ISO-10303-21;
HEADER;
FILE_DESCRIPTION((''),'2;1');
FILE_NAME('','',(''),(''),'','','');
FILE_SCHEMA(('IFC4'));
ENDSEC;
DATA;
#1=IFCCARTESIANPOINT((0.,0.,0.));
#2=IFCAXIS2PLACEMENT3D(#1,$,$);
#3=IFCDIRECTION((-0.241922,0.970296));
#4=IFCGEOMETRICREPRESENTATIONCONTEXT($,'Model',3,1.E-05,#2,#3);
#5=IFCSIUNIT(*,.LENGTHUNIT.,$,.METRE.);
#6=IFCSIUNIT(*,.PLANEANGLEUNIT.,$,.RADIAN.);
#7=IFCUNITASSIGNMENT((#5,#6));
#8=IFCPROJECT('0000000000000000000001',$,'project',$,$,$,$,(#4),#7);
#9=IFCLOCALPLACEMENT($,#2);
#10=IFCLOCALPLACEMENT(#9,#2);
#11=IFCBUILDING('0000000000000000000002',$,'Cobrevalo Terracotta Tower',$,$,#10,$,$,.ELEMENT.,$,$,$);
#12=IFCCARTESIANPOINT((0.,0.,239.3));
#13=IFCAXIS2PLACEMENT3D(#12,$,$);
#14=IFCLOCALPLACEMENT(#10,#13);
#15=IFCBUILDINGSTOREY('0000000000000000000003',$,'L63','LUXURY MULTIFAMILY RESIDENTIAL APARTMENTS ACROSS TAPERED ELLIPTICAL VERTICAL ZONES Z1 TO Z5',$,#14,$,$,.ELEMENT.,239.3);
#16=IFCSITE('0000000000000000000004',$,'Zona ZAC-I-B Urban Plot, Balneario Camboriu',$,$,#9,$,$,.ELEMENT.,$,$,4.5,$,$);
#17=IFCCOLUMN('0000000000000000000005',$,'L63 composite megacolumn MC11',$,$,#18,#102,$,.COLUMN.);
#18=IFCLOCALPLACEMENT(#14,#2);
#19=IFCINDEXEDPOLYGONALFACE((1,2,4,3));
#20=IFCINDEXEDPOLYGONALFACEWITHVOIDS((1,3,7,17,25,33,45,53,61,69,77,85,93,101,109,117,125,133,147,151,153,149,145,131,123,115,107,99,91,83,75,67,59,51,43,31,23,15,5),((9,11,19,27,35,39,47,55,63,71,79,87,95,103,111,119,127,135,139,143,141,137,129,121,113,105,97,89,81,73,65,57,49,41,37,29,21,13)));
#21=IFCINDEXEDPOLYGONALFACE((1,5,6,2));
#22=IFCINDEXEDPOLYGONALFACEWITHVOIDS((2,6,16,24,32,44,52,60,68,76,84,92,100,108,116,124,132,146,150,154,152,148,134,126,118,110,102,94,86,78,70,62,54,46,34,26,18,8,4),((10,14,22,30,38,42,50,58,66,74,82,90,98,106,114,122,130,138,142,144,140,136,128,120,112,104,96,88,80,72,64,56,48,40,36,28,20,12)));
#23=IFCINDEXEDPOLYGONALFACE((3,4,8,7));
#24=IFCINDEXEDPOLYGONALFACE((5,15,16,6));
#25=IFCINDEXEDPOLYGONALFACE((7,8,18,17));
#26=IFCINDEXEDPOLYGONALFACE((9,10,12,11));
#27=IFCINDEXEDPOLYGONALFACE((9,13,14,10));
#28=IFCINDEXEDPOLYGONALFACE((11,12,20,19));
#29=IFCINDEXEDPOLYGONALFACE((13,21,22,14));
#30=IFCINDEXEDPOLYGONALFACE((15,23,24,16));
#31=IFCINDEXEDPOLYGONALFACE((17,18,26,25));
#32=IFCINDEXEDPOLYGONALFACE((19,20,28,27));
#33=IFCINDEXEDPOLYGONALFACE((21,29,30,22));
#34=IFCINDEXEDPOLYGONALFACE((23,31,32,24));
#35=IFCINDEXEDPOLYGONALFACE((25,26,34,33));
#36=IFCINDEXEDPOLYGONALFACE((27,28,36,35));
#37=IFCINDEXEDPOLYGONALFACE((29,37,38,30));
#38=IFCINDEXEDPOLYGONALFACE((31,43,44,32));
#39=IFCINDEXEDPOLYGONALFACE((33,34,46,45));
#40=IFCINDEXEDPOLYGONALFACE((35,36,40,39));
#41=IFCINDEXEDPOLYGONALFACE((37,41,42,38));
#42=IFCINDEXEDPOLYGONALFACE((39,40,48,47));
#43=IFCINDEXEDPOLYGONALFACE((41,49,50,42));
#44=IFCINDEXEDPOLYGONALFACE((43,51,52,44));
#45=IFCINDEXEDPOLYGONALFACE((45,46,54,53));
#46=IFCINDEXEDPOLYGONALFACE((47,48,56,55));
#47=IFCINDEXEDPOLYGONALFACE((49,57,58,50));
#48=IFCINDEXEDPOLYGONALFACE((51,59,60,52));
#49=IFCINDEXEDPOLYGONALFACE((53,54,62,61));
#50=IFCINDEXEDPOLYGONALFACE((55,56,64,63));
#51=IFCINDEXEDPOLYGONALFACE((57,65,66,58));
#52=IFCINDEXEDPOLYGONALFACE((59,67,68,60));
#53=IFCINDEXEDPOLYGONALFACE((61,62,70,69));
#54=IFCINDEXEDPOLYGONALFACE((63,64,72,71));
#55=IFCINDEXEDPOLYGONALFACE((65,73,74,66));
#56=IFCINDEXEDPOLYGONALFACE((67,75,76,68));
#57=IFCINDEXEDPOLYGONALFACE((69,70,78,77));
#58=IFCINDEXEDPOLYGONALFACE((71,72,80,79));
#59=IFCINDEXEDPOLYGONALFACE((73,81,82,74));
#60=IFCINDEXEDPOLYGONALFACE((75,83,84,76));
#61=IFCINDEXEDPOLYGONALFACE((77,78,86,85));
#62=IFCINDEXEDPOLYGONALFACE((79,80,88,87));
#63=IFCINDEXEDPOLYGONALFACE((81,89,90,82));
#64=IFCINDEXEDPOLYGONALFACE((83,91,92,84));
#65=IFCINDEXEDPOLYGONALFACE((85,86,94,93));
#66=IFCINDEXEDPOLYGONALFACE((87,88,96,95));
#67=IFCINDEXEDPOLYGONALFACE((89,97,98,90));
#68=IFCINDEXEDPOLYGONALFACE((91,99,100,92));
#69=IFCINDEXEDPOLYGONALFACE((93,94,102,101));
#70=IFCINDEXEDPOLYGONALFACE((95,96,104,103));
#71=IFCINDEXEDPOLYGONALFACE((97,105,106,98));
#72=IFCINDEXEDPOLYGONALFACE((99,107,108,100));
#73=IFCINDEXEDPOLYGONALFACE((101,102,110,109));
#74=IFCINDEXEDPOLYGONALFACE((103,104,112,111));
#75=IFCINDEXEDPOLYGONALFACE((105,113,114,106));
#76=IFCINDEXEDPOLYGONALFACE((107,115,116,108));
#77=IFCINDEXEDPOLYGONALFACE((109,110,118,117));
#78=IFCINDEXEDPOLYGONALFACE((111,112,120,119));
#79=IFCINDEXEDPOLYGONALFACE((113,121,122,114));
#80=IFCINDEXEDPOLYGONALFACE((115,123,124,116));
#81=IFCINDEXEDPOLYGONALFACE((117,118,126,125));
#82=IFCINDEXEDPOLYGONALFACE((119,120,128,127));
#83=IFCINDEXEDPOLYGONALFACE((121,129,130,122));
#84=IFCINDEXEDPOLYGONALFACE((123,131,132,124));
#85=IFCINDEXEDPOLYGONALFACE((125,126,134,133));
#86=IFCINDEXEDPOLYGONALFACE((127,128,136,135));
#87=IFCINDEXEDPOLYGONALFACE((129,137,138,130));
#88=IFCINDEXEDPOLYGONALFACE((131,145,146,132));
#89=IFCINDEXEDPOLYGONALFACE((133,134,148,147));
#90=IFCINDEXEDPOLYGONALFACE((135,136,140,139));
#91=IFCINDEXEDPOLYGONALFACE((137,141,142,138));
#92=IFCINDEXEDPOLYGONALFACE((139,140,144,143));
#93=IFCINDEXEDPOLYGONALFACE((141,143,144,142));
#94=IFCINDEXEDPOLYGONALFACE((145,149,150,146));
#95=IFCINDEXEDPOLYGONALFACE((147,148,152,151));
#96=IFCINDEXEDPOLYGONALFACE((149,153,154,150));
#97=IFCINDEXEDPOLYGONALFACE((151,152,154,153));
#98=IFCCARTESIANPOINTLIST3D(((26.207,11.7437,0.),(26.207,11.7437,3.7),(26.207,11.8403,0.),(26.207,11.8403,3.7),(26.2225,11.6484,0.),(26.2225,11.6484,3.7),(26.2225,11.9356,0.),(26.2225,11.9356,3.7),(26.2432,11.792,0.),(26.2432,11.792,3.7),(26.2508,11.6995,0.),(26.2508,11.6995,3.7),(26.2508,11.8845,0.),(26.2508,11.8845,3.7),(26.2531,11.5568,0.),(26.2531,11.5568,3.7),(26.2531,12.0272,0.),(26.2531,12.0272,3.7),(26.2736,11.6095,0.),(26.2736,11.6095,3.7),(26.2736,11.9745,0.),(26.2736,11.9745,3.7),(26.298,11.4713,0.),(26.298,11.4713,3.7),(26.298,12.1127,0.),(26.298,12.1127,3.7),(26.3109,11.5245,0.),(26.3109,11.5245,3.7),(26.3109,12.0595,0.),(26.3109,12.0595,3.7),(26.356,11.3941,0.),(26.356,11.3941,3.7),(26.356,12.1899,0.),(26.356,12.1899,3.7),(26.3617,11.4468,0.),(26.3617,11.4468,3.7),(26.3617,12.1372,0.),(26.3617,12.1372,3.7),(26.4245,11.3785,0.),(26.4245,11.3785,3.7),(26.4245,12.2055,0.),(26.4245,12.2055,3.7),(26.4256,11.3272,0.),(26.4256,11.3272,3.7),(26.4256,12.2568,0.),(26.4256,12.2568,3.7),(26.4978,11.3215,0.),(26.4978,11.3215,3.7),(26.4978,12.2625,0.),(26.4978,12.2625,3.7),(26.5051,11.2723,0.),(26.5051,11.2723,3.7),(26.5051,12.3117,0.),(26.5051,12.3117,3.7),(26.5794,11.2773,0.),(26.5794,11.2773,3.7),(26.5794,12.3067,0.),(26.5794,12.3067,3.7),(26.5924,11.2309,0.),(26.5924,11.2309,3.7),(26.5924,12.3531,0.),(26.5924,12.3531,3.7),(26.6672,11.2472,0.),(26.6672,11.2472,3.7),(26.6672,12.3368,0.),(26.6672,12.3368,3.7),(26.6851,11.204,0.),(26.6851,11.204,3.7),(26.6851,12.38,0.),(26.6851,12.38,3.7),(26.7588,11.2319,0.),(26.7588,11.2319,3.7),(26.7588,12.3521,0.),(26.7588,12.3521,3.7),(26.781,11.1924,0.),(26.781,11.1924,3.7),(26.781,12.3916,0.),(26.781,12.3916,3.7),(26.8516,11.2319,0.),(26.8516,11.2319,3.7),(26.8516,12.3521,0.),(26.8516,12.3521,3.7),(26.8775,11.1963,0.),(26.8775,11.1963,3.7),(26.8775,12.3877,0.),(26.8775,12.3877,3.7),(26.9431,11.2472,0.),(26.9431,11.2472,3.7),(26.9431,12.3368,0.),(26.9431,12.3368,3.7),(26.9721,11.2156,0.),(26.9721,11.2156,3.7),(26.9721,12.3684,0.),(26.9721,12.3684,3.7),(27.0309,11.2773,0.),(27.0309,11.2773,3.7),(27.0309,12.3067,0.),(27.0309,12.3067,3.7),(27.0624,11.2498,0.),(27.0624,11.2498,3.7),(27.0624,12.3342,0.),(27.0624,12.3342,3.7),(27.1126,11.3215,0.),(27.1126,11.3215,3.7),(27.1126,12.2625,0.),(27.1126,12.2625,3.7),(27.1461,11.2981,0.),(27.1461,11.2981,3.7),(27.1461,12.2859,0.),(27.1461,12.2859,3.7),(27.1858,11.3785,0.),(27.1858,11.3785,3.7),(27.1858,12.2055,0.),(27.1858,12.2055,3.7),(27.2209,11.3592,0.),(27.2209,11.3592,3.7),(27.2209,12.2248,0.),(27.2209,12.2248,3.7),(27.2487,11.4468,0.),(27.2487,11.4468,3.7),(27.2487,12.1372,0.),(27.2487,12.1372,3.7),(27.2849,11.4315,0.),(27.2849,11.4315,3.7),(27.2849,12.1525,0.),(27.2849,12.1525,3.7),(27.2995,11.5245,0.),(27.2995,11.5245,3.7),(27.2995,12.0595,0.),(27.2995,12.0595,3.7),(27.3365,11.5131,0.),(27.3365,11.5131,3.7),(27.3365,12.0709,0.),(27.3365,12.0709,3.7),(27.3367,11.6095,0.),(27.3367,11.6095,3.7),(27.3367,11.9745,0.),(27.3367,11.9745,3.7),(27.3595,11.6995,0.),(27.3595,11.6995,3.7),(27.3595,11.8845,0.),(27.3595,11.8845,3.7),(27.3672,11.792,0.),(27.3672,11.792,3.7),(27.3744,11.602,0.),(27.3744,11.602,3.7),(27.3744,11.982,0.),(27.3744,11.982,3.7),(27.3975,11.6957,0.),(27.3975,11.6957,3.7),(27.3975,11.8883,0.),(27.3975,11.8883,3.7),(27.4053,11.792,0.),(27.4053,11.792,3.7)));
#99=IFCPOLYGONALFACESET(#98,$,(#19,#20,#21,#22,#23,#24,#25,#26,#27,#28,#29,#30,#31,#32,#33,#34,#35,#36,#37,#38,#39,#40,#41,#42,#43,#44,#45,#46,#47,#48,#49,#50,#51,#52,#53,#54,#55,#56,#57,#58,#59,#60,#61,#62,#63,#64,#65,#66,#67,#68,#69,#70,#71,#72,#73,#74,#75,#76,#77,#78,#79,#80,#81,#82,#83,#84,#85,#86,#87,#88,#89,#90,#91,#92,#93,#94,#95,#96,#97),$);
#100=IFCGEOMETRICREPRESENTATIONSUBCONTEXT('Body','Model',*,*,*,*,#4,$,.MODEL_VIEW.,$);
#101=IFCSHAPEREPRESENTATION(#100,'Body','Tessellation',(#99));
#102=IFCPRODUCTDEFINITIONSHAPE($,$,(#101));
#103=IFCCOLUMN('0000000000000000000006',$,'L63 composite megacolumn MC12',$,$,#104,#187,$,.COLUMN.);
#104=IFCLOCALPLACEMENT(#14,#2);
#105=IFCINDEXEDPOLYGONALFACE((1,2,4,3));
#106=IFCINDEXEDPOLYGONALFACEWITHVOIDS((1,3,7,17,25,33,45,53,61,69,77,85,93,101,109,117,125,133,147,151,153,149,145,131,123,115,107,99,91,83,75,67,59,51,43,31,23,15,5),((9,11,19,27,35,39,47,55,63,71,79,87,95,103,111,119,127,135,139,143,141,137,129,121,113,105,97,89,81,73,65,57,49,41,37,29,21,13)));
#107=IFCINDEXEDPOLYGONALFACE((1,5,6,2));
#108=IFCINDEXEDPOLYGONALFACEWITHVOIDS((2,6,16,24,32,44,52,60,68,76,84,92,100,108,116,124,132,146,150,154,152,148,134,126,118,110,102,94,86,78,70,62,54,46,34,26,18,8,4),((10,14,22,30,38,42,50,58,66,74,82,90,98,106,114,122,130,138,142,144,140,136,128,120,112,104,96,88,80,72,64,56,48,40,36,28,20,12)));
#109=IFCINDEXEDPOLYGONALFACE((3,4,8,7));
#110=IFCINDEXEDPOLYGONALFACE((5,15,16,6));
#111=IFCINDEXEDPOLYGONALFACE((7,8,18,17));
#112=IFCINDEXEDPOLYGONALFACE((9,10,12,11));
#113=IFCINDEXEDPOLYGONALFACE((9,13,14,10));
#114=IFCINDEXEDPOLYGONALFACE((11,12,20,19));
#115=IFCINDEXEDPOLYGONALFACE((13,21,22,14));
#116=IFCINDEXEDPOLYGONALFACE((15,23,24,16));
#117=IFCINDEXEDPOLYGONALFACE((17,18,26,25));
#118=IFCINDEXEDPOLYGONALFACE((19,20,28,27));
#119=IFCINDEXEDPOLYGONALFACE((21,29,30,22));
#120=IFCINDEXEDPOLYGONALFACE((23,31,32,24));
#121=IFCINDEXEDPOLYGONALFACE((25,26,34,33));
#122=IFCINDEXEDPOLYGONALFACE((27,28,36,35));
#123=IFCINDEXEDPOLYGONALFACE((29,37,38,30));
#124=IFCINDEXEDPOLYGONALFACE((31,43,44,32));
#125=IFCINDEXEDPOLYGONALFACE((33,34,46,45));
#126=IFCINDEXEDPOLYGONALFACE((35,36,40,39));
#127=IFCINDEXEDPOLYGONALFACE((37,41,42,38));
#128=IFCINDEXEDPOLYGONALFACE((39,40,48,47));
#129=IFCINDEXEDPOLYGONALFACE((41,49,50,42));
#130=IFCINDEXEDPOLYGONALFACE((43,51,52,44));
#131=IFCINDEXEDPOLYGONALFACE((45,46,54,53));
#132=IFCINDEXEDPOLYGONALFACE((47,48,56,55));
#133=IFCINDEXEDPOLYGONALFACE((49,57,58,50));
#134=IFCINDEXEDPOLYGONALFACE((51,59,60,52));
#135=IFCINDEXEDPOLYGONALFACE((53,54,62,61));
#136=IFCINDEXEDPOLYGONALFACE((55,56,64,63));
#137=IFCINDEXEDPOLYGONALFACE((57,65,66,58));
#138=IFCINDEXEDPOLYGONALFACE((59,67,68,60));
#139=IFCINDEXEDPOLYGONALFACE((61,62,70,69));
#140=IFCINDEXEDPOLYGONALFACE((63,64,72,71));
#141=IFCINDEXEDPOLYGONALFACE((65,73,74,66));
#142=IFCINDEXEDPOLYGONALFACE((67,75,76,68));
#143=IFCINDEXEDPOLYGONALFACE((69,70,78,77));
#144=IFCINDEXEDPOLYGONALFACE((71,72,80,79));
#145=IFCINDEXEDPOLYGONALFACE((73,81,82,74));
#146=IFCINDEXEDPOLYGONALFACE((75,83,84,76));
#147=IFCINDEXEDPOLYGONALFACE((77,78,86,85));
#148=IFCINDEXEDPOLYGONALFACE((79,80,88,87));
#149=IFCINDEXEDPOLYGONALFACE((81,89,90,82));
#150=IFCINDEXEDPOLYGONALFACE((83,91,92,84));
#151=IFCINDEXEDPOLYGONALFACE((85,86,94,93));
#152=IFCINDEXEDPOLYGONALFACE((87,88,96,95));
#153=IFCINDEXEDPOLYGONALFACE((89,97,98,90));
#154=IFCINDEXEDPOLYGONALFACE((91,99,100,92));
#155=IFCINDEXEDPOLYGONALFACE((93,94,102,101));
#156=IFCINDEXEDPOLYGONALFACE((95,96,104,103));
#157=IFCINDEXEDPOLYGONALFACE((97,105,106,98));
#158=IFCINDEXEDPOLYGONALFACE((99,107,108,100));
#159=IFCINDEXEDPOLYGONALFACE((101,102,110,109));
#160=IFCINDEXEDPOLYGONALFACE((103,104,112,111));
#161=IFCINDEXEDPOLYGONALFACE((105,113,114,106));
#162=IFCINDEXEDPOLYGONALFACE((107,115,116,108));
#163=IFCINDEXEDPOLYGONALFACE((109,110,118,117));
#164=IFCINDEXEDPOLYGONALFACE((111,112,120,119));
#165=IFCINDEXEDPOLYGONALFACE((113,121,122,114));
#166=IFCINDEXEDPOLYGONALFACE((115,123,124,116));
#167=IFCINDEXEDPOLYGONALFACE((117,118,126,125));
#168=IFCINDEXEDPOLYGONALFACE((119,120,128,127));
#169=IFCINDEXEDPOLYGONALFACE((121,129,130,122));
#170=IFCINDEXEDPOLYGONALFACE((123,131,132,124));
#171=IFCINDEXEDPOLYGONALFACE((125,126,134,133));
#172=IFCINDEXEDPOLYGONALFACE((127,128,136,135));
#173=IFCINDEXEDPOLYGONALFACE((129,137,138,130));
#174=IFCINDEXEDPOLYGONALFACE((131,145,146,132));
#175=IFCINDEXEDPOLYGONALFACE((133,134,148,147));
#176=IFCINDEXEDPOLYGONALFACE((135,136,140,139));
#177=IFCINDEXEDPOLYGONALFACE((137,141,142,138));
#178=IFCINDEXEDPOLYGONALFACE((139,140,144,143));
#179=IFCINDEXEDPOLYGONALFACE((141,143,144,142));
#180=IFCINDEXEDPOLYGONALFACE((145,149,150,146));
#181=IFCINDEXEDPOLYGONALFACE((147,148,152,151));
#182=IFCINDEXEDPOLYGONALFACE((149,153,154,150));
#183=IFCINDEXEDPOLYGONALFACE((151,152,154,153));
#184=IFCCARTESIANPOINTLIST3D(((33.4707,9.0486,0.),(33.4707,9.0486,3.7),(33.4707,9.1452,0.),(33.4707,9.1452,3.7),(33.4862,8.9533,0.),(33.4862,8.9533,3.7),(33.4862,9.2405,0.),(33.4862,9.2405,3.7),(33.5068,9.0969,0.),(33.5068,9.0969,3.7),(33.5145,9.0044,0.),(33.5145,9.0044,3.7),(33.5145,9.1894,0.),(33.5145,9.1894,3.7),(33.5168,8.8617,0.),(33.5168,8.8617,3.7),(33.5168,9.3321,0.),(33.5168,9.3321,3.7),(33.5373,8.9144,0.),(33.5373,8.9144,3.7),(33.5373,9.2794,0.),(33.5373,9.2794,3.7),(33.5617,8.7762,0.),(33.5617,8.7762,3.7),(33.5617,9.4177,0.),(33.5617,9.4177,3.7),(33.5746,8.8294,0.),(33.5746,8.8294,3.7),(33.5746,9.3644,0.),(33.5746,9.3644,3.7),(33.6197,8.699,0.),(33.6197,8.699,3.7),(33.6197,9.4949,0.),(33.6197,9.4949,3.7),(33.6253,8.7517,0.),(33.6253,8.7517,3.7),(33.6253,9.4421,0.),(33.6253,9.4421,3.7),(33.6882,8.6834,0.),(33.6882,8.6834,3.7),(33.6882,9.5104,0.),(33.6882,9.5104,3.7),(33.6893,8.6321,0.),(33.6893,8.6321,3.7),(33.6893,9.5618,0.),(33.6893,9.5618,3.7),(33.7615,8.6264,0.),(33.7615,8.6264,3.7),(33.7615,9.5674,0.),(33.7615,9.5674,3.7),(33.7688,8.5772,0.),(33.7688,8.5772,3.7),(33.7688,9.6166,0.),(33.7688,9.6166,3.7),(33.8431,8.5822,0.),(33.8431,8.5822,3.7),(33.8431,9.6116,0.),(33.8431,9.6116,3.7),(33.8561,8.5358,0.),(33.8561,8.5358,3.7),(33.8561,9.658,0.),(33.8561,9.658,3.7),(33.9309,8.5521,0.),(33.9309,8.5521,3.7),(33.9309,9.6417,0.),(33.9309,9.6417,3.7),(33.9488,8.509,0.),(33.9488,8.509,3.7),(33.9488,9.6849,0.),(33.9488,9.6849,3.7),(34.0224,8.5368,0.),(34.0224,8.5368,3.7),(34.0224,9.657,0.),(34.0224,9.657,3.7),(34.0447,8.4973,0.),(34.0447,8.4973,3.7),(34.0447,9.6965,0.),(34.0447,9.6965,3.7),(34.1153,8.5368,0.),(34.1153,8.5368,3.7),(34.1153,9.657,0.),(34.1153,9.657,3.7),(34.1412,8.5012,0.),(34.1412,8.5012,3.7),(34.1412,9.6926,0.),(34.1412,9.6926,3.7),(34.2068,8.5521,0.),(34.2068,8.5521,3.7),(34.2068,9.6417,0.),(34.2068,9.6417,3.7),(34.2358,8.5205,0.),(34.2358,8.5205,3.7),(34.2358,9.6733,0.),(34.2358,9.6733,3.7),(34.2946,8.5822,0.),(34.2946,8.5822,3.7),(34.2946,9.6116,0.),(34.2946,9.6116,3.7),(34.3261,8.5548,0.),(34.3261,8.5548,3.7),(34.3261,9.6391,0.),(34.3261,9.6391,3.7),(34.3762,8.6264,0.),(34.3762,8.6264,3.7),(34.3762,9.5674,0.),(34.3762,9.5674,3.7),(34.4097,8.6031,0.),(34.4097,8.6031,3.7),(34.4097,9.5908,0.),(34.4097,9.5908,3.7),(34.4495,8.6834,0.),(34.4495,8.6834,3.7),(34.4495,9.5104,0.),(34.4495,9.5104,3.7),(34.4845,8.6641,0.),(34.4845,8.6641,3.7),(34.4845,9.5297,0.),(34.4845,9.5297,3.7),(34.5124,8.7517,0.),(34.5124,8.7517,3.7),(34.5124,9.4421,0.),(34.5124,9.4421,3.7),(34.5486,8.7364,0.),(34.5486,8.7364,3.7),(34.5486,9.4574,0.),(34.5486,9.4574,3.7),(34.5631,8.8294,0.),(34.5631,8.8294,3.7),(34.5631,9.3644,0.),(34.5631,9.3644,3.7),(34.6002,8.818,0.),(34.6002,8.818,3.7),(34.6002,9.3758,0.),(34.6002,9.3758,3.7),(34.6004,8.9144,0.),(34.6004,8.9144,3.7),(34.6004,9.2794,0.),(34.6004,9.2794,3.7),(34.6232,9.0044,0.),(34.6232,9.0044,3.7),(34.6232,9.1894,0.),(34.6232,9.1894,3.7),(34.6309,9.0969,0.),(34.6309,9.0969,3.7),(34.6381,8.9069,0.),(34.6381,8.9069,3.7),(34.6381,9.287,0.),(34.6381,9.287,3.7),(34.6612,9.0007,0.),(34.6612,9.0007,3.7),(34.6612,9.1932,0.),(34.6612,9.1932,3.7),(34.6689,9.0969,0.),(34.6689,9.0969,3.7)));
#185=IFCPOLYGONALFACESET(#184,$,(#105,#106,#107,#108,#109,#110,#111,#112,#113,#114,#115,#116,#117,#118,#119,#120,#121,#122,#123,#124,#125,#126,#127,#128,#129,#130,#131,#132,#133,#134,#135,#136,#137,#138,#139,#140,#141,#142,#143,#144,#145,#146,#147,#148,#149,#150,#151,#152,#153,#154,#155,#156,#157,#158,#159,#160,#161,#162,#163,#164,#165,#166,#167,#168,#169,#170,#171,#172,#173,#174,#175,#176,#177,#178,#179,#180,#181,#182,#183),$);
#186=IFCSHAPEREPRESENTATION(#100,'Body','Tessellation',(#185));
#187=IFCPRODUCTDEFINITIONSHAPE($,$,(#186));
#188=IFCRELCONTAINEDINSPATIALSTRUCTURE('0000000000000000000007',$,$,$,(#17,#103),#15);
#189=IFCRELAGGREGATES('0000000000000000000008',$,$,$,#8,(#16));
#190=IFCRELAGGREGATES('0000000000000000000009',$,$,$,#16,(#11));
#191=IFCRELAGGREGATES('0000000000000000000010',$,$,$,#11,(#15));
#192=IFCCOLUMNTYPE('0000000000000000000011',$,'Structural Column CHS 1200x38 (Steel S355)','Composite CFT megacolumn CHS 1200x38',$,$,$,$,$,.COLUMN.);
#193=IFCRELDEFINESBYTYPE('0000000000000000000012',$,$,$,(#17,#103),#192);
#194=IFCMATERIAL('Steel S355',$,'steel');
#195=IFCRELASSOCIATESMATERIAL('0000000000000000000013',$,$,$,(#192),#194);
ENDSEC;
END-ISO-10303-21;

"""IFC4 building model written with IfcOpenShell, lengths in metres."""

from ifc_helpers import new_model, si_unit, direction, frame, origin, origin_2d, place, context, subcontext, project, spatial, hollow_circle, extrude, material, material_profile, profile_set, type_object, element, save


model = new_model("IFC4")

# Units and contexts
model_context = context("Model", 3, precision=1e-05, world=origin(), true_north=direction((-0.241922, 0.970296)))
body_context = subcontext(model_context, "Body", "Model", "MODEL_VIEW")
ifc_project = project(units=[si_unit("LENGTHUNIT", "METRE"), si_unit("PLANEANGLEUNIT", "RADIAN")], contexts=[model_context])

# Site, building, storey
site_placement = place(None, origin())
site = spatial("IfcSite", under=ifc_project, at=site_placement, Name="Zona ZAC-I-B Urban Plot, Balneario Camboriu", CompositionType="ELEMENT", RefElevation=4.5)
building_placement = place(site_placement, origin())
building = spatial("IfcBuilding", under=site, at=building_placement, Name="Cobrevalo Terracotta Tower", CompositionType="ELEMENT")
storey_placement = place(building_placement, frame((0.0, 0.0, 239.3)))
storey = spatial("IfcBuildingStorey", under=building, at=storey_placement, Name="L63", Description="LUXURY MULTIFAMILY RESIDENTIAL APARTMENTS ACROSS TAPERED ELLIPTICAL VERTICAL ZONES Z1 TO Z5", CompositionType="ELEMENT", Elevation=239.3)

# Columns
ifc_material_1 = material(Name="Steel S355", Category="steel")
ifc_material_profile_1 = material_profile(ifc_material_1, hollow_circle(Radius=0.6001, WallThickness=0.0381, at=origin_2d()), Name="CHS 1200x38")
ifc_profile_set_1 = profile_set([ifc_material_profile_1], Name="Steel S355")
column_type = type_object("IfcColumnType", Name="Structural Column CHS 1200x38 (Steel S355)", Description="Composite CFT megacolumn CHS 1200x38", PredefinedType="COLUMN", material=ifc_profile_set_1)
for number, where, z_axis, x_axis, name in (
    (1, (26.8052, 11.792, 0.0), (0.0, 0.0, 1.0), (1.0, 0.0, 0.0), "L63 composite megacolumn MC11"),
    (2, (34.0688, 9.0969, 0.0), (0.0, 0.0, 1.0), (1.0, 0.0, 0.0), "L63 composite megacolumn MC12"),
):
    element("IfcColumn", number, at=place(storey_placement, frame(where, z_axis=z_axis, x_axis=x_axis)), inside=storey, type_object=column_type, Name=name, PredefinedType="COLUMN", context=body_context, shape_type="SweptSolid", body=[
        extrude(hollow_circle(Radius=0.6001, WallThickness=0.0381, at=origin_2d()), origin(), (0.0, 0.0, 1.0), 3.7),
    ])

save(model, "model.ifc")
